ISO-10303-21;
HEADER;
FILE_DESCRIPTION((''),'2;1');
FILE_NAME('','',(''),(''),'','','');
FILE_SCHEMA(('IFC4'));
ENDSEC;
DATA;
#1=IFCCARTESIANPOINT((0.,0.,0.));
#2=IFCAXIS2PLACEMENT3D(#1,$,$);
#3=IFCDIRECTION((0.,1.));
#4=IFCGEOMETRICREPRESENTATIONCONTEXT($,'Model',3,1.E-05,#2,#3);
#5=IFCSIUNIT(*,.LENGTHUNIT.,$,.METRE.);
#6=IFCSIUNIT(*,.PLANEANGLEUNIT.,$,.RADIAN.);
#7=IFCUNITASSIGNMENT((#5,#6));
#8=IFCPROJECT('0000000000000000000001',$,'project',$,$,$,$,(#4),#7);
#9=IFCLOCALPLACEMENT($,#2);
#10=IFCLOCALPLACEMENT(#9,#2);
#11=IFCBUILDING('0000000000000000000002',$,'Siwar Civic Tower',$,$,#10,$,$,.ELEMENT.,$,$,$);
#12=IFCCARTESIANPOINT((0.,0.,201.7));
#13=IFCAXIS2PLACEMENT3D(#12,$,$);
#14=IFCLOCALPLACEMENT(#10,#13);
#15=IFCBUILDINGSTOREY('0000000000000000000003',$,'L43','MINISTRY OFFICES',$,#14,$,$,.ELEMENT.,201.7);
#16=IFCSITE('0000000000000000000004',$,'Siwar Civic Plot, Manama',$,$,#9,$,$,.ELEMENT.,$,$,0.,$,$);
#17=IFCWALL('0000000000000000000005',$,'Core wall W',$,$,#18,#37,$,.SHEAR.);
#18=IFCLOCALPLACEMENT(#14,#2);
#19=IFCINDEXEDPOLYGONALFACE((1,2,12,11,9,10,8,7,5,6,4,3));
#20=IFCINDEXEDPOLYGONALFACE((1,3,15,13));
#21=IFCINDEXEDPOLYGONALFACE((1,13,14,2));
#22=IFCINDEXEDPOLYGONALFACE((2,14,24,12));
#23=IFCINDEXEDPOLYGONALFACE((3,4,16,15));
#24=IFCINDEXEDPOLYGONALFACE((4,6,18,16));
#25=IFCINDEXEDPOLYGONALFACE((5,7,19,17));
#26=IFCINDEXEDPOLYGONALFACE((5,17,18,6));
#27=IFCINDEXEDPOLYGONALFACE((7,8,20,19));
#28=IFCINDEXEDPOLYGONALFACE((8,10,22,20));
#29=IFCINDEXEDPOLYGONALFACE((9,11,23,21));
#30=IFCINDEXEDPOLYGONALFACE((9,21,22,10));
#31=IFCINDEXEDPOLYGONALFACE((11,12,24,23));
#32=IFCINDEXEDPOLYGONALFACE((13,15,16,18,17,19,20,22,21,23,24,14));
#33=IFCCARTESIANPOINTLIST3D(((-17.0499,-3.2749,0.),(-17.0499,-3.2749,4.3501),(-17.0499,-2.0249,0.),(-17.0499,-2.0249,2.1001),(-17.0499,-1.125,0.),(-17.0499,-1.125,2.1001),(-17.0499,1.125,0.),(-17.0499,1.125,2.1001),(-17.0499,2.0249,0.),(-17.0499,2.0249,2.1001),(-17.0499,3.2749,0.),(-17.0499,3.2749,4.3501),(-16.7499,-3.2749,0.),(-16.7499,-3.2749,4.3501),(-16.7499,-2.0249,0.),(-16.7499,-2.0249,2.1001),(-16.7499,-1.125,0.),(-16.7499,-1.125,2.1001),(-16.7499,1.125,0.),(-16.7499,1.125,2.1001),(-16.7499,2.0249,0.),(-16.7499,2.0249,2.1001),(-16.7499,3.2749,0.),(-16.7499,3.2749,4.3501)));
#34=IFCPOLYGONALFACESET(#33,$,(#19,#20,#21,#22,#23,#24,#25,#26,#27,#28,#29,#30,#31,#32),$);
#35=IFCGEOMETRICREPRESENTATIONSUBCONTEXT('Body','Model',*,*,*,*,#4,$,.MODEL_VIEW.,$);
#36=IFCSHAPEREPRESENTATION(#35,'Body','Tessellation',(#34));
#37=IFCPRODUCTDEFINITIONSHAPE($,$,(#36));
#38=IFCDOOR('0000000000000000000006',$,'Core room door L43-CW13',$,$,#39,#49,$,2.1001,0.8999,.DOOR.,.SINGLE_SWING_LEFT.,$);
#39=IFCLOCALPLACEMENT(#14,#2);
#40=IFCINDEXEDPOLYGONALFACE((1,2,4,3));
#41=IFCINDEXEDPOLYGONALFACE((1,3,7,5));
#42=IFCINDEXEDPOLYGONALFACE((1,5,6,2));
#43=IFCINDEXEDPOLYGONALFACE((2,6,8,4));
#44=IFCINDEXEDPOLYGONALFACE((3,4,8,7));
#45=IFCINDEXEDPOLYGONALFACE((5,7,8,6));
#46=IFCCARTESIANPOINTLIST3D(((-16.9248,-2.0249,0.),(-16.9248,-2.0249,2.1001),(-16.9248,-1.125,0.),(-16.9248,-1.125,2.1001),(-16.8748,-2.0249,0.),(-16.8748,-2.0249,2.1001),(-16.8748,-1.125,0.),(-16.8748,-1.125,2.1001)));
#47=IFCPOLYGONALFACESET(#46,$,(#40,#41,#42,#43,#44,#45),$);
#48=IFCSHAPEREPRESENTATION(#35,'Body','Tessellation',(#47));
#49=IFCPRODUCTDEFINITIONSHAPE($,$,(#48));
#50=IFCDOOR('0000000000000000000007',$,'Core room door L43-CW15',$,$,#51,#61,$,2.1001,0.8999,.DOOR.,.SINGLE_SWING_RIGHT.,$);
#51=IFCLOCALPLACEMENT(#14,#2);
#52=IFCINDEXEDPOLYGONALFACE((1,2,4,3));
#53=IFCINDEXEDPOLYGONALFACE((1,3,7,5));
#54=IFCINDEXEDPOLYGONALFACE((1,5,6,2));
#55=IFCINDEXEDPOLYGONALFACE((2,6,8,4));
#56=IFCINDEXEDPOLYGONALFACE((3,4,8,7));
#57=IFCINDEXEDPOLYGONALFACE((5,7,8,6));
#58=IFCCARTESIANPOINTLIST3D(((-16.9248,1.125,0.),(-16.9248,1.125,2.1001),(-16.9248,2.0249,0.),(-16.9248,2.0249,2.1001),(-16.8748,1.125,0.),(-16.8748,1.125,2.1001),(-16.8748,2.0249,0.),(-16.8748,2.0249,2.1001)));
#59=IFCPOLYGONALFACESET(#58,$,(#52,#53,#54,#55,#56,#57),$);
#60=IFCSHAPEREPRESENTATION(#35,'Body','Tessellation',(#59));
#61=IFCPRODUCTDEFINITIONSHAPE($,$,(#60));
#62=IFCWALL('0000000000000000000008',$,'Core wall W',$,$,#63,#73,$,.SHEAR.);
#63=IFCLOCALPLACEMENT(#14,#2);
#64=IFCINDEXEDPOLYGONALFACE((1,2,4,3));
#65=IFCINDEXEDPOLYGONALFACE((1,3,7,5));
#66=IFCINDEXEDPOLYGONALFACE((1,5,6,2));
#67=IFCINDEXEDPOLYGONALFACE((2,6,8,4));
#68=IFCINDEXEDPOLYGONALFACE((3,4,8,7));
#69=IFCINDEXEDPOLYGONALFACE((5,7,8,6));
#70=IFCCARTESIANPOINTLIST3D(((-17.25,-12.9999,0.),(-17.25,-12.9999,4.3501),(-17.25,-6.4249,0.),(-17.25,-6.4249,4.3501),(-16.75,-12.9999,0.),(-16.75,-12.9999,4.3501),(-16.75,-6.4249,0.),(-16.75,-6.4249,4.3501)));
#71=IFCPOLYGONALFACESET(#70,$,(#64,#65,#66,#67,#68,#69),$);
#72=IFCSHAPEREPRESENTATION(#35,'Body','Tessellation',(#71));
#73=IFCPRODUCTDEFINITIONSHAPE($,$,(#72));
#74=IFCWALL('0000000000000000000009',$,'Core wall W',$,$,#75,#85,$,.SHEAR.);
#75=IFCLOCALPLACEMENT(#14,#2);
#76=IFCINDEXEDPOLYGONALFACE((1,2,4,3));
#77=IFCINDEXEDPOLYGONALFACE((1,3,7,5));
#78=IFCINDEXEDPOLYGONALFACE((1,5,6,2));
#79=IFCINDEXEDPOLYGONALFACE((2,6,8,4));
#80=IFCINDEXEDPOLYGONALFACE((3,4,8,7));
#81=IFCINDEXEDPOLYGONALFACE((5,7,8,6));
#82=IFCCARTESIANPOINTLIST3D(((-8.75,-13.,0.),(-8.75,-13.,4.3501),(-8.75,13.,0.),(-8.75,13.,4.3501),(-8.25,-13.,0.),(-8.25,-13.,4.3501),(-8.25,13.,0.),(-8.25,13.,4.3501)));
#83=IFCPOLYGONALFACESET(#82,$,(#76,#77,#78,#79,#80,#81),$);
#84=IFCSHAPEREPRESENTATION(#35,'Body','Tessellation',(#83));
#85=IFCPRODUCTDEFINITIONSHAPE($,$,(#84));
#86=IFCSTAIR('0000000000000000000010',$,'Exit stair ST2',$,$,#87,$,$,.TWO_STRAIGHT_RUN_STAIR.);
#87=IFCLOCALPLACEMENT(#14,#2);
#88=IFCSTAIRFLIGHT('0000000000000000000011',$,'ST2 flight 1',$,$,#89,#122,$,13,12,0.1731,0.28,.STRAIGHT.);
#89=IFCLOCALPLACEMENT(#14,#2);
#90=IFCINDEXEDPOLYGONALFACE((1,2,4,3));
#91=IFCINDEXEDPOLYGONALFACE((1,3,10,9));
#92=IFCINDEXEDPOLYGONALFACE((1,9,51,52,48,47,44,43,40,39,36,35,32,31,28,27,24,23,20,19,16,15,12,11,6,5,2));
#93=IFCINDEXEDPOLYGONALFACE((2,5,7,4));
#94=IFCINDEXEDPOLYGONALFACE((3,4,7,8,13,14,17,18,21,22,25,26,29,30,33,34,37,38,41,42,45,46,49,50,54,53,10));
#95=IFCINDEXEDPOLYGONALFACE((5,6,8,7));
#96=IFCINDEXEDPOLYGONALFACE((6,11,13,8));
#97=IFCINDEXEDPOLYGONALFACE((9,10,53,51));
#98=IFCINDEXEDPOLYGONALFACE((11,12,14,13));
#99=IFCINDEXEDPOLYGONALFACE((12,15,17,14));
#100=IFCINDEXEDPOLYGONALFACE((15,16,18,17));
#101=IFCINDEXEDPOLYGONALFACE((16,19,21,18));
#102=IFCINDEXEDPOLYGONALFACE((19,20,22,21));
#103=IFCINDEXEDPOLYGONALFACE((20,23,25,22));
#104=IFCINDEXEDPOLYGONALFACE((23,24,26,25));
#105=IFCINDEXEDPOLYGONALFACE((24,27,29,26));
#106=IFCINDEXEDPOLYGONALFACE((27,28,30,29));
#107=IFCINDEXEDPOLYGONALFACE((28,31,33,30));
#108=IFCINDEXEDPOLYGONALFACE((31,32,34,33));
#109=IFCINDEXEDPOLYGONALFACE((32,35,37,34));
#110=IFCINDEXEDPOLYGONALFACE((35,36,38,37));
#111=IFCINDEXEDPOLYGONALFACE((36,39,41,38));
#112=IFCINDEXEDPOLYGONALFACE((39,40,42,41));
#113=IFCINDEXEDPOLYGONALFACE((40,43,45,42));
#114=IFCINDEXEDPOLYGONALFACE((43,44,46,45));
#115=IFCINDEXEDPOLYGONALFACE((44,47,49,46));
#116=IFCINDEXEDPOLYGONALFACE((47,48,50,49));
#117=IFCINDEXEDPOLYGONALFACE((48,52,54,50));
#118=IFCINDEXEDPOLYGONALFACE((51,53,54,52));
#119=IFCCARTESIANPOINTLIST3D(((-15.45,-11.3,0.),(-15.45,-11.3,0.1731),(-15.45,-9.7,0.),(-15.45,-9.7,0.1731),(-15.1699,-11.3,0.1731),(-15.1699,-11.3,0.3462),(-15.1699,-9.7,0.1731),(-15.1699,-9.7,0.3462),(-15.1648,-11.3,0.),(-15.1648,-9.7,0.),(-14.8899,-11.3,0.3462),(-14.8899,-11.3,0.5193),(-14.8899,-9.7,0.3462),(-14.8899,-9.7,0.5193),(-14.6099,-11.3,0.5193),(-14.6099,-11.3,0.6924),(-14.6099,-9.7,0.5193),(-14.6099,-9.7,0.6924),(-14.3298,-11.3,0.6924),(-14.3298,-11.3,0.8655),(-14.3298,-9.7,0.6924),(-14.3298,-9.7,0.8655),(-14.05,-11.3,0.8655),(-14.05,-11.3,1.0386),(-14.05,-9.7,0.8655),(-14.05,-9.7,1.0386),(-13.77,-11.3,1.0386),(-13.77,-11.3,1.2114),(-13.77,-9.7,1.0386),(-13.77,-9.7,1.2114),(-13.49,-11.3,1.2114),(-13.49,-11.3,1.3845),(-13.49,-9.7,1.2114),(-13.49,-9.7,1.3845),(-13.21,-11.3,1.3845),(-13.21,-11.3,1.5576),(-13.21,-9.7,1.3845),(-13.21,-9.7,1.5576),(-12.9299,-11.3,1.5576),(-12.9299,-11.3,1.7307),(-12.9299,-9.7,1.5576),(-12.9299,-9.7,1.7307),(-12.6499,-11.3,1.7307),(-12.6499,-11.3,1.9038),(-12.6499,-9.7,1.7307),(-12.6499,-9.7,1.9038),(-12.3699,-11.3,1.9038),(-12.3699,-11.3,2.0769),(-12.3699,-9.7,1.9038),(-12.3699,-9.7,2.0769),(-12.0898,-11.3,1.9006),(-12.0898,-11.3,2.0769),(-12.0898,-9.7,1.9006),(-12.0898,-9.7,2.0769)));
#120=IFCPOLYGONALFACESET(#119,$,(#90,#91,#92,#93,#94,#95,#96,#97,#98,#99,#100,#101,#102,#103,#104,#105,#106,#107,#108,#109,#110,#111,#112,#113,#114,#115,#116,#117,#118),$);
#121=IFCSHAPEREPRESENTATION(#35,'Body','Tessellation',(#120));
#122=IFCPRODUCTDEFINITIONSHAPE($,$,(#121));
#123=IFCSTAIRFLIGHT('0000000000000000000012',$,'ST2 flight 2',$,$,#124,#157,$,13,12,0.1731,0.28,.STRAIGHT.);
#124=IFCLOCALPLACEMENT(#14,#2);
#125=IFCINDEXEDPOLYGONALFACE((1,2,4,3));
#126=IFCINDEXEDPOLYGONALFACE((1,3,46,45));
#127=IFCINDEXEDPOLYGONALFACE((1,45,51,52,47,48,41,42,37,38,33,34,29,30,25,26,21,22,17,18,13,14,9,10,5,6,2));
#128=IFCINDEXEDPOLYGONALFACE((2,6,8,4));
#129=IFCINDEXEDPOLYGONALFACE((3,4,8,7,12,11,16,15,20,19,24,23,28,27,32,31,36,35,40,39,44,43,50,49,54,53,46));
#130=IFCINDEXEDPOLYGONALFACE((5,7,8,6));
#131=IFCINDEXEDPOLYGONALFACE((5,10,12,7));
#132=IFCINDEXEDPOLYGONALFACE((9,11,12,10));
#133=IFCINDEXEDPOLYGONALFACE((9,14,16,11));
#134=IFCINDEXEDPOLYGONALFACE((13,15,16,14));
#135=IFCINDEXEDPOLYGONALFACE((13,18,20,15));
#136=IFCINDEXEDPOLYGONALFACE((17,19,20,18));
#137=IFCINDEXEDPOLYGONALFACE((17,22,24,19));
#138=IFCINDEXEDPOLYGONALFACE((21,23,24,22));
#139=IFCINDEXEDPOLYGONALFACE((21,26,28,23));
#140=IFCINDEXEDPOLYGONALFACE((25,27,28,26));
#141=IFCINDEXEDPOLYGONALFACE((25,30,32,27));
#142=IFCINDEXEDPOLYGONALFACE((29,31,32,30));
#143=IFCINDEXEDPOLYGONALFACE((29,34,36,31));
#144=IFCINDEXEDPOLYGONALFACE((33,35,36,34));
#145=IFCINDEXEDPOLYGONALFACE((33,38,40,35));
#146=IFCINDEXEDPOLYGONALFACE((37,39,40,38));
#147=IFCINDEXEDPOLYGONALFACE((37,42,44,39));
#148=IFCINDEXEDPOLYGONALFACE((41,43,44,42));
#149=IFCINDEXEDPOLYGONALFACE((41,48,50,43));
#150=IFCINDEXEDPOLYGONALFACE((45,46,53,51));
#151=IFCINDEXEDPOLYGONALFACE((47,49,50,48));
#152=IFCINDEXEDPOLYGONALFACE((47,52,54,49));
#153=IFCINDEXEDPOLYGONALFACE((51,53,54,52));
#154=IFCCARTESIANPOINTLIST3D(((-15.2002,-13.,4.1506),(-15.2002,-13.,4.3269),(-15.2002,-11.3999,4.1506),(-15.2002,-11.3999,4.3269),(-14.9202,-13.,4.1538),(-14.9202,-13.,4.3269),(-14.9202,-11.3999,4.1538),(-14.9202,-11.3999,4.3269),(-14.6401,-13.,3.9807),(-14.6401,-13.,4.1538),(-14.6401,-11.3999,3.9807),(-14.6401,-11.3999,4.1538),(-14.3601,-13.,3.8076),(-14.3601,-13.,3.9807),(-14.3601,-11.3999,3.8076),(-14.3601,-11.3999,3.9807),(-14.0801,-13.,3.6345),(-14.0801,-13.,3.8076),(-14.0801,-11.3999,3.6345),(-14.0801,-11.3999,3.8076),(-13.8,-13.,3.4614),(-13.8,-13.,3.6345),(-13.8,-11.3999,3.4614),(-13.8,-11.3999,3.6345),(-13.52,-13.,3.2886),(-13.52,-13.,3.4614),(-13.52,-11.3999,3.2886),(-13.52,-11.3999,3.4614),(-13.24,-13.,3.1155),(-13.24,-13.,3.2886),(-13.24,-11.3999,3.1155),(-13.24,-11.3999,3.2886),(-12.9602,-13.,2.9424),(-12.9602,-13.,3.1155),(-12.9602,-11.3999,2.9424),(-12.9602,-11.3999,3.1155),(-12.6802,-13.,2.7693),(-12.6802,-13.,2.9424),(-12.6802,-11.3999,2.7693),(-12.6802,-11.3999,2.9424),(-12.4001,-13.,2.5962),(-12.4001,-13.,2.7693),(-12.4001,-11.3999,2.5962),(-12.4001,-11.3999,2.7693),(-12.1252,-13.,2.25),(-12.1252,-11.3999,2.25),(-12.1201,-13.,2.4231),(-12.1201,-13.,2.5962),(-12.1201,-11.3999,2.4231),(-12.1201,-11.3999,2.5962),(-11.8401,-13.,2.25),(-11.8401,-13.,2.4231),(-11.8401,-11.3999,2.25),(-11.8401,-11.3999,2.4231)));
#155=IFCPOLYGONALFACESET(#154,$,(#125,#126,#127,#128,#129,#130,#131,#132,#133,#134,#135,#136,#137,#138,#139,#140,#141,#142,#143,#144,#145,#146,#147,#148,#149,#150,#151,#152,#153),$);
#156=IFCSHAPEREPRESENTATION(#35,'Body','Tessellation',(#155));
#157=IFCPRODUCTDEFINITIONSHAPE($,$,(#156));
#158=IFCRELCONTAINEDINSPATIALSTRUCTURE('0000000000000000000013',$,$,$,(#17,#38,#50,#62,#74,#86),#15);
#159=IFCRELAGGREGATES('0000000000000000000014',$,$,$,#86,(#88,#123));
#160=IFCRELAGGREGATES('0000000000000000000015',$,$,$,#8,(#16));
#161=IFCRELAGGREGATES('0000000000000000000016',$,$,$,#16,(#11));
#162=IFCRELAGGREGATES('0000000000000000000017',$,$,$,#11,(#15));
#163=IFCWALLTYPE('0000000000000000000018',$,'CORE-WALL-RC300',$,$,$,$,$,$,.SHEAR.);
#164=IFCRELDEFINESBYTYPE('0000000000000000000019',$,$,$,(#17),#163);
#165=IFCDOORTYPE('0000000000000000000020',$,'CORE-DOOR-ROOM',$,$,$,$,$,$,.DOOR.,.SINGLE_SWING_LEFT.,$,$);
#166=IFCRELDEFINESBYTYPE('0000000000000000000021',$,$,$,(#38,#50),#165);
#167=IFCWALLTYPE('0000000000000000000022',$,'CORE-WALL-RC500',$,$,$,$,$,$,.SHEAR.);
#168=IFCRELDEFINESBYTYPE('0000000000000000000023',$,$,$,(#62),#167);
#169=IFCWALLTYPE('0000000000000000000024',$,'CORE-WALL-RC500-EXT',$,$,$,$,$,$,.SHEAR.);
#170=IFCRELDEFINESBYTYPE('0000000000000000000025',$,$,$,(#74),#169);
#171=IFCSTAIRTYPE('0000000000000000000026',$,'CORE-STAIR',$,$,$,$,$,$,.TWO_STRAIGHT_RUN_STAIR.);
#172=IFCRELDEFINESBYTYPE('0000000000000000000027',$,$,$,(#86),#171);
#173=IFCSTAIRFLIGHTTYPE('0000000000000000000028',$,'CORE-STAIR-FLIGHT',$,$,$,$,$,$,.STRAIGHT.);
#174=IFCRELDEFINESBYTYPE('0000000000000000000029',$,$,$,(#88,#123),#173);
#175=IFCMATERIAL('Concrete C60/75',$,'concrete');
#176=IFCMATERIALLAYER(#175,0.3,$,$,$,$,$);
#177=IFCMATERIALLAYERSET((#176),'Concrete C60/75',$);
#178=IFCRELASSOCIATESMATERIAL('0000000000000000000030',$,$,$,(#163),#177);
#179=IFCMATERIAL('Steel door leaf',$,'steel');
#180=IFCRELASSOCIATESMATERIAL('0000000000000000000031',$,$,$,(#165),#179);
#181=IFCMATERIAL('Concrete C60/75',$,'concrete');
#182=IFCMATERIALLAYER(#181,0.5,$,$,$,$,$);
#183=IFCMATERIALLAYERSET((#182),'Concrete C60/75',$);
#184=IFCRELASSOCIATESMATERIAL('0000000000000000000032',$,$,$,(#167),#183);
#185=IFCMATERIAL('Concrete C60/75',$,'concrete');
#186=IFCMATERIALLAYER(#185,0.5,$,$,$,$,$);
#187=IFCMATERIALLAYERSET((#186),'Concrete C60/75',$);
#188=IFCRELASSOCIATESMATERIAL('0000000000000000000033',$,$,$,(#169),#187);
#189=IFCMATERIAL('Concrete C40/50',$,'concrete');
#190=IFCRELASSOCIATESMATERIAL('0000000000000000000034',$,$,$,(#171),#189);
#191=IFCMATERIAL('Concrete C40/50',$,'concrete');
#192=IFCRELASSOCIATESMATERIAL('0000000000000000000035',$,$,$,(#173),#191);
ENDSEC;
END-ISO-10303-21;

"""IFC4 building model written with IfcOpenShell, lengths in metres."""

from ifc_helpers import new_model, si_unit, direction, frame, frame_2d, origin, place, context, subcontext, project, spatial, polyline, rectangle, outline, extrude, material, layer, layer_set, type_object, element, fill, aggregate, save


model = new_model("IFC4")

# Units and contexts
model_context = context("Model", 3, precision=1e-05, world=origin(), true_north=direction((0.0, 1.0)))
body_context = subcontext(model_context, "Body", "Model", "MODEL_VIEW")
ifc_project = project(units=[si_unit("LENGTHUNIT", "METRE"), si_unit("PLANEANGLEUNIT", "RADIAN")], contexts=[model_context])

# Site, building, storey
site_placement = place(None, origin())
site = spatial("IfcSite", under=ifc_project, at=site_placement, Name="Siwar Civic Plot, Manama", CompositionType="ELEMENT", RefElevation=0.0)
building_placement = place(site_placement, origin())
building = spatial("IfcBuilding", under=site, at=building_placement, Name="Siwar Civic Tower", CompositionType="ELEMENT")
storey_placement = place(building_placement, frame((0.0, 0.0, 201.7)))
storey = spatial("IfcBuildingStorey", under=building, at=storey_placement, Name="L43", Description="MINISTRY OFFICES", CompositionType="ELEMENT", Elevation=201.7)

# Wall, openings, doors
ifc_material_1 = material(Name="Concrete C60/75", Category="concrete")
ifc_layer_1 = layer(ifc_material_1, 0.3)
ifc_layer_set_1 = layer_set([ifc_layer_1], Name="Concrete C60/75")
wall_type_1 = type_object("IfcWallType", Name="CORE-WALL-RC300", PredefinedType="SHEAR", material=ifc_layer_set_1)
wall_1_placement = place(storey_placement, frame((-16.8999, -3.2749, 0.0), z_axis=(0.0, 0.0, 1.0), x_axis=(0.0, 1.0, 0.0)))
wall_1 = element("IfcWall", 1, at=wall_1_placement, inside=storey, type_object=wall_type_1, Name="Core wall W", PredefinedType="SHEAR", context=body_context, shape_type="SweptSolid", body=[
    extrude(rectangle(XDim=6.5498, YDim=0.3, at=frame_2d((3.2749, 0.0))), origin(), (0.0, 0.0, 1.0), 4.3501),
])
opening_1_placement = place(wall_1_placement, frame((1.25, 0.0, 0.0)))
opening_1 = element("IfcOpeningElement", 2, at=opening_1_placement, cuts=wall_1, PredefinedType="OPENING", context=body_context, shape_type="SweptSolid", body=[
    extrude(rectangle(XDim=0.8999, YDim=2.1001, at=frame_2d((0.45, 1.05))), frame((0.0, 0.1602, 0.0), z_axis=(0.0, -1.0, 0.0), x_axis=(1.0, 0.0, 0.0)), (0.0, 0.0, 1.0), 0.3201),
])
opening_2_placement = place(wall_1_placement, frame((4.3999, 0.0, 0.0)))
opening_2 = element("IfcOpeningElement", 3, at=opening_2_placement, cuts=wall_1, PredefinedType="OPENING", context=body_context, shape_type="SweptSolid", body=[
    extrude(rectangle(XDim=0.8999, YDim=2.1001, at=frame_2d((0.45, 1.05))), frame((0.0, 0.1602, 0.0), z_axis=(0.0, -1.0, 0.0), x_axis=(1.0, 0.0, 0.0)), (0.0, 0.0, 1.0), 0.3201),
])
ifc_material_2 = material(Name="Steel door leaf", Category="steel")
door_type_1 = type_object("IfcDoorType", Name="CORE-DOOR-ROOM", OperationType="SINGLE_SWING_LEFT", PredefinedType="DOOR", material=ifc_material_2)
door_1_placement = place(opening_1_placement, origin())
door_1 = element("IfcDoor", 4, at=door_1_placement, inside=storey, type_object=door_type_1, Name="Core room door L43-CW13", OperationType="SINGLE_SWING_LEFT", OverallHeight=2.1001, OverallWidth=0.8999, PredefinedType="DOOR", context=body_context, shape_type="SweptSolid", body=[
    extrude(rectangle(XDim=0.8999, YDim=2.1001, at=frame_2d((0.45, 1.05))), frame((0.0, 0.0249, 0.0), z_axis=(0.0, -1.0, 0.0), x_axis=(1.0, 0.0, 0.0)), (0.0, 0.0, 1.0), 0.05),
])
fill(opening_1, door_1)
door_2_placement = place(opening_2_placement, origin())
door_2 = element("IfcDoor", 5, at=door_2_placement, inside=storey, type_object=door_type_1, Name="Core room door L43-CW15", OperationType="SINGLE_SWING_RIGHT", OverallHeight=2.1001, OverallWidth=0.8999, PredefinedType="DOOR", context=body_context, shape_type="SweptSolid", body=[
    extrude(rectangle(XDim=0.8999, YDim=2.1001, at=frame_2d((0.45, 1.05))), frame((0.0, 0.0249, 0.0), z_axis=(0.0, -1.0, 0.0), x_axis=(1.0, 0.0, 0.0)), (0.0, 0.0, 1.0), 0.05),
])
fill(opening_2, door_2)

# Walls
ifc_material_3 = material(Name="Concrete C60/75", Category="concrete")
ifc_layer_2 = layer(ifc_material_3, 0.5)
ifc_layer_set_2 = layer_set([ifc_layer_2], Name="Concrete C60/75")
wall_type_2 = type_object("IfcWallType", Name="CORE-WALL-RC500", PredefinedType="SHEAR", material=ifc_layer_set_2)
wall_2_placement = place(storey_placement, frame((-17.0, -13.0, 0.0), z_axis=(0.0, 0.0, 1.0), x_axis=(0.0, 1.0, 0.0)))
element("IfcWall", 6, at=wall_2_placement, inside=storey, type_object=wall_type_2, Name="Core wall W", PredefinedType="SHEAR", context=body_context, shape_type="SweptSolid", body=[
    extrude(rectangle(XDim=6.575, YDim=0.5, at=frame_2d((3.2876, 0.0))), origin(), (0.0, 0.0, 1.0), 4.3501),
])
ifc_material_4 = material(Name="Concrete C60/75", Category="concrete")
ifc_layer_3 = layer(ifc_material_4, 0.5)
ifc_layer_set_3 = layer_set([ifc_layer_3], Name="Concrete C60/75")
wall_type_3 = type_object("IfcWallType", Name="CORE-WALL-RC500-EXT", PredefinedType="SHEAR", material=ifc_layer_set_3)
wall_3_placement = place(storey_placement, frame((-8.5, -13.0, 0.0), z_axis=(0.0, 0.0, 1.0), x_axis=(0.0, 1.0, 0.0)))
element("IfcWall", 7, at=wall_3_placement, inside=storey, type_object=wall_type_3, Name="Core wall W", PredefinedType="SHEAR", context=body_context, shape_type="SweptSolid", body=[
    extrude(rectangle(XDim=26.0, YDim=0.5, at=frame_2d((13.0, 0.0))), origin(), (0.0, 0.0, 1.0), 4.3501),
])

# Stair, stair flights
ifc_material_5 = material(Name="Concrete C40/50", Category="concrete")
stair_type = type_object("IfcStairType", Name="CORE-STAIR", PredefinedType="TWO_STRAIGHT_RUN_STAIR", material=ifc_material_5)
stair_placement = place(storey_placement, origin())
stair = element("IfcStair", 8, at=stair_placement, inside=storey, type_object=stair_type, Name="Exit stair ST2", PredefinedType="TWO_STRAIGHT_RUN_STAIR")
ifc_material_6 = material(Name="Concrete C40/50", Category="concrete")
stair_flight_type = type_object("IfcStairFlightType", Name="CORE-STAIR-FLIGHT", PredefinedType="STRAIGHT", material=ifc_material_6)
stair_flight_1_placement = place(storey_placement, frame((-15.45, -10.5, 0.0), z_axis=(0.0, 0.0, 1.0), x_axis=(1.0, 0.0, 0.0)))
stair_flight_1 = element("IfcStairFlight", 9, at=stair_flight_1_placement, type_object=stair_flight_type, Name="ST2 flight 1", NumberOfRisers=13, NumberOfTreads=12, PredefinedType="STRAIGHT", RiserHeight=0.1731, TreadLength=0.28, context=body_context, shape_type="SweptSolid", body=[
    extrude(outline(polyline([(0.0, 0.0), (0.0, 0.1731), (0.28, 0.1731), (0.28, 0.3462), (0.5601, 0.3462), (0.5601, 0.5193), (0.8401, 0.5193), (0.8401, 0.6924), (1.1201, 0.6924), (1.1201, 0.8655), (1.3999, 0.8655), (1.3999, 1.0386), (1.6799, 1.0386), (1.6799, 1.2114), (1.96, 1.2114), (1.96, 1.3845), (2.24, 1.3845), (2.24, 1.5576), (2.52, 1.5576), (2.52, 1.7307), (2.8, 1.7307), (2.8, 1.9038), (3.0801, 1.9038), (3.0801, 2.0769), (3.3601, 2.0769), (3.3601, 2.25), (3.3601, 1.9006), (0.2852, 0.0), (0.0, 0.0)])), frame((0.0, 0.8, 0.0), z_axis=(0.0, -1.0, 0.0), x_axis=(1.0, 0.0, 0.0)), (0.0, 0.0, 1.0), 1.6001),
])
stair_flight_2_placement = place(storey_placement, frame((-11.8401, -12.2, 2.25), z_axis=(0.0, 0.0, 1.0), x_axis=(-1.0, 0.0, 0.0)))
stair_flight_2 = element("IfcStairFlight", 10, at=stair_flight_2_placement, type_object=stair_flight_type, Name="ST2 flight 2", NumberOfRisers=13, NumberOfTreads=12, PredefinedType="STRAIGHT", RiserHeight=0.1731, TreadLength=0.28, context=body_context, shape_type="SweptSolid", body=[
    extrude(outline(polyline([(0.0, 0.0), (0.0, 0.1731), (0.28, 0.1731), (0.28, 0.3462), (0.5601, 0.3462), (0.5601, 0.5193), (0.8401, 0.5193), (0.8401, 0.6924), (1.1201, 0.6924), (1.1201, 0.8655), (1.3999, 0.8655), (1.3999, 1.0386), (1.6799, 1.0386), (1.6799, 1.2114), (1.96, 1.2114), (1.96, 1.3845), (2.24, 1.3845), (2.24, 1.5576), (2.52, 1.5576), (2.52, 1.7307), (2.8, 1.7307), (2.8, 1.9038), (3.0801, 1.9038), (3.0801, 2.0769), (3.3601, 2.0769), (3.3601, 2.25), (3.3601, 1.9006), (0.2852, 0.0), (0.0, 0.0)])), frame((0.0, 0.8, 0.0), z_axis=(0.0, -1.0, 0.0), x_axis=(1.0, 0.0, 0.0)), (0.0, 0.0, 1.0), 1.6001),
])
aggregate(stair, [stair_flight_1, stair_flight_2])

save(model, "model.ifc")
